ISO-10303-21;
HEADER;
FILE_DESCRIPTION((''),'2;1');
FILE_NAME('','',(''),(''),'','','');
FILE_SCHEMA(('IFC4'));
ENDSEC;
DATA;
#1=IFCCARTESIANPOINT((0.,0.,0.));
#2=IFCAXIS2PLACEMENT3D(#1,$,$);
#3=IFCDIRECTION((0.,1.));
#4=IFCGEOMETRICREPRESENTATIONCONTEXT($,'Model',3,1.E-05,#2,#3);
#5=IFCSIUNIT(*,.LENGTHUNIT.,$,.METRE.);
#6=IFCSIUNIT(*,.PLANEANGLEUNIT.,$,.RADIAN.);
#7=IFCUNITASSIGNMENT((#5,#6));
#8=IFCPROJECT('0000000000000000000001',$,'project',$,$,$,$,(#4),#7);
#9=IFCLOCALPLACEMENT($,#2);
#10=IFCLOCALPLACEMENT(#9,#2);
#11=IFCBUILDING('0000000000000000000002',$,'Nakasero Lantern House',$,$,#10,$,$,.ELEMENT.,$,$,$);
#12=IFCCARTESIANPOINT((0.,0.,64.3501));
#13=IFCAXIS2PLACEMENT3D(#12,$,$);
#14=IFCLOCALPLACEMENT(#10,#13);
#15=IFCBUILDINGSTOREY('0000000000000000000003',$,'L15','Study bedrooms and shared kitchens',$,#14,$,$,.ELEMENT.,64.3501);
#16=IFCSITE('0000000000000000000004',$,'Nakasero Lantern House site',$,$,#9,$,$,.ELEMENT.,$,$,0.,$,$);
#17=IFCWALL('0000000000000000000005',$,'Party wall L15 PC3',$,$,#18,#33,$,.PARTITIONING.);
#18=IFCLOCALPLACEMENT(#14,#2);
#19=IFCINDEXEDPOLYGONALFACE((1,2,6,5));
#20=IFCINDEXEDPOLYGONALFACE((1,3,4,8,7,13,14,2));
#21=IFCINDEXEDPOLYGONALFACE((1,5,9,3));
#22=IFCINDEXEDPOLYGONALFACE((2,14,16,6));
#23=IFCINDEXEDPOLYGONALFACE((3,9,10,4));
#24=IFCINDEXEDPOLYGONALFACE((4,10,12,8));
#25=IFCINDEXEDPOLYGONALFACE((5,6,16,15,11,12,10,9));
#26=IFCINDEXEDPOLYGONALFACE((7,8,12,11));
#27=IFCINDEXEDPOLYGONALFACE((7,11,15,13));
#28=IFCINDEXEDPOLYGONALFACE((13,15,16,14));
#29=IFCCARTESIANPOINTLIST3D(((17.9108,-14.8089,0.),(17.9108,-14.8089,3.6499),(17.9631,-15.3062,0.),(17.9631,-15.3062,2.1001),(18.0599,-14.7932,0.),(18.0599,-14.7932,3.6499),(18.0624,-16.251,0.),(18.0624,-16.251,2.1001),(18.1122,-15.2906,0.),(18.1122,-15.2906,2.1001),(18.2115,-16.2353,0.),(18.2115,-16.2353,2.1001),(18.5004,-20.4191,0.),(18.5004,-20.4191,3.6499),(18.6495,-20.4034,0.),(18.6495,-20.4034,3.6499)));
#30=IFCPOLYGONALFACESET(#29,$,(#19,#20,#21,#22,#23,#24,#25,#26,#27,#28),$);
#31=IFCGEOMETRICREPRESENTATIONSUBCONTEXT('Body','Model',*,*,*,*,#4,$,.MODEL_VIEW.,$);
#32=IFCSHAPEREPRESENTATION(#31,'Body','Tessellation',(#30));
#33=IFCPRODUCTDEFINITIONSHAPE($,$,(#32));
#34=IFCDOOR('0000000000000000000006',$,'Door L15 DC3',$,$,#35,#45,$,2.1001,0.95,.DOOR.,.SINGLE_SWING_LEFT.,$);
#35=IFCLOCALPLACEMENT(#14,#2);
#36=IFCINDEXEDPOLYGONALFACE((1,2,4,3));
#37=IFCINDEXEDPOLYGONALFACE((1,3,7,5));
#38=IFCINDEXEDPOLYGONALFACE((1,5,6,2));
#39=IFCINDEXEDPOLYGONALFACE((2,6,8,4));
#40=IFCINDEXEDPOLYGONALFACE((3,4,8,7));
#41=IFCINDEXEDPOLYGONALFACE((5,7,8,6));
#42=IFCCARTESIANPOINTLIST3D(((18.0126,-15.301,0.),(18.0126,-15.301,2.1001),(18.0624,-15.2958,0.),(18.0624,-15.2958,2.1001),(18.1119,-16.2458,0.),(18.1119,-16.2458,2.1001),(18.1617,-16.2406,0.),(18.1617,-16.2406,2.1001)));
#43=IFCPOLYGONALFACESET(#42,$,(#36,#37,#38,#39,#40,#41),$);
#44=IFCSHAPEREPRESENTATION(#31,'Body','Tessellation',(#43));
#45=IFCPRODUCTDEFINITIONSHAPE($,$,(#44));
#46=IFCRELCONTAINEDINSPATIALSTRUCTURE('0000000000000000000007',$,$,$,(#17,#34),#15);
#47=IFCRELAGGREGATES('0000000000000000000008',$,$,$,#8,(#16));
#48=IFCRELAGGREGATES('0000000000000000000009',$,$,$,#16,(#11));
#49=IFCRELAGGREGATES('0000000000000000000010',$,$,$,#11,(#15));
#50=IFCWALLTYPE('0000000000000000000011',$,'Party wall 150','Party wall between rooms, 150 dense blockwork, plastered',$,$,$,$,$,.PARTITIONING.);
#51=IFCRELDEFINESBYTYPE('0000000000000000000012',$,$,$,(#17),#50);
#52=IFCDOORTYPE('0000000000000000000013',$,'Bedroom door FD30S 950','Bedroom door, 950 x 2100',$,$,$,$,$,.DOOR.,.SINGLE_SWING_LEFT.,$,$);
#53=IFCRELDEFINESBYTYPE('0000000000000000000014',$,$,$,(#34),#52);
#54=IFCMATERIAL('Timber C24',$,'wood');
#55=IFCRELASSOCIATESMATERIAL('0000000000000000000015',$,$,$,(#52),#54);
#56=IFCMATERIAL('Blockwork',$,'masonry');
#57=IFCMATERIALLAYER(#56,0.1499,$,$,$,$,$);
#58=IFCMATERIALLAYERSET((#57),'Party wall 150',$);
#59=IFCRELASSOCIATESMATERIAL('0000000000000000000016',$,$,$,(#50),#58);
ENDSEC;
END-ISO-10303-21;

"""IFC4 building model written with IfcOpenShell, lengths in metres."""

from ifc_helpers import new_model, si_unit, direction, frame, frame_2d, origin, place, context, subcontext, project, spatial, rectangle, extrude, material, layer, layer_set, type_object, element, fill, save


model = new_model("IFC4")

# Units and contexts
model_context = context("Model", 3, precision=1e-05, world=origin(), true_north=direction((0.0, 1.0)))
body_context = subcontext(model_context, "Body", "Model", "MODEL_VIEW")
ifc_project = project(units=[si_unit("LENGTHUNIT", "METRE"), si_unit("PLANEANGLEUNIT", "RADIAN")], contexts=[model_context])

# Site, building, storey
site_placement = place(None, origin())
site = spatial("IfcSite", under=ifc_project, at=site_placement, Name="Nakasero Lantern House site", CompositionType="ELEMENT", RefElevation=0.0)
building_placement = place(site_placement, origin())
building = spatial("IfcBuilding", under=site, at=building_placement, Name="Nakasero Lantern House", CompositionType="ELEMENT")
storey_placement = place(building_placement, frame((0.0, 0.0, 64.3501)))
storey = spatial("IfcBuildingStorey", under=building, at=storey_placement, Name="L15", Description="Study bedrooms and shared kitchens", CompositionType="ELEMENT", Elevation=64.3501)

# Shared definitions
ifc_material_1 = material(Name="Timber C24", Category="wood")
door_type_1 = type_object("IfcDoorType", Name="Bedroom door FD30S 950", Description="Bedroom door, 950 x 2100", OperationType="SINGLE_SWING_LEFT", PredefinedType="DOOR", material=ifc_material_1)

# Shared definitions
ifc_material_2 = material(Name="Blockwork", Category="masonry")
ifc_layer_1 = layer(ifc_material_2, 0.1499)
ifc_layer_set_1 = layer_set([ifc_layer_1], Name="Party wall 150")
wall_type_1 = type_object("IfcWallType", Name="Party wall 150", Description="Party wall between rooms, 150 dense blockwork, plastered", PredefinedType="PARTITIONING", material=ifc_layer_set_1)

# Wall, opening, door
wall_1_placement = place(storey_placement, frame((17.9854, -14.801, 0.0), z_axis=(0.0, 0.0, 1.0), x_axis=(0.10452, -0.994523, 0.0)))
wall_1 = element("IfcWall", 1, at=wall_1_placement, inside=storey, type_object=wall_type_1, Name="Party wall L15 PC3", PredefinedType="PARTITIONING", context=body_context, shape_type="SweptSolid", body=[
    extrude(rectangle(XDim=5.6411, YDim=0.1499, at=frame_2d((2.8206, 0.0))), origin(), (0.0, 0.0, 1.0), 3.6499),
])
opening_1_placement = place(wall_1_placement, frame((0.5, 0.0, 0.0)))
opening_1 = element("IfcOpeningElement", 2, at=opening_1_placement, cuts=wall_1, PredefinedType="OPENING", context=body_context, shape_type="SweptSolid", body=[
    extrude(rectangle(XDim=0.95, YDim=2.1001, at=frame_2d((0.4751, 1.05))), frame((0.0, 0.095, 0.0), z_axis=(0.0, -1.0, 0.0), x_axis=(1.0, 0.0, 0.0)), (0.0, 0.0, 1.0), 0.1899),
])
door_1_placement = place(opening_1_placement, origin())
door_1 = element("IfcDoor", 3, at=door_1_placement, inside=storey, type_object=door_type_1, Name="Door L15 DC3", OperationType="SINGLE_SWING_LEFT", OverallHeight=2.1001, OverallWidth=0.95, PredefinedType="DOOR", context=body_context, shape_type="SweptSolid", body=[
    extrude(rectangle(XDim=0.95, YDim=2.1001, at=frame_2d((0.4751, 1.05))), frame((0.0, 0.0249, 0.0), z_axis=(0.0, -1.0, 0.0), x_axis=(1.0, 0.0, 0.0)), (0.0, 0.0, 1.0), 0.05),
])
fill(opening_1, door_1)

save(model, "model.ifc")
